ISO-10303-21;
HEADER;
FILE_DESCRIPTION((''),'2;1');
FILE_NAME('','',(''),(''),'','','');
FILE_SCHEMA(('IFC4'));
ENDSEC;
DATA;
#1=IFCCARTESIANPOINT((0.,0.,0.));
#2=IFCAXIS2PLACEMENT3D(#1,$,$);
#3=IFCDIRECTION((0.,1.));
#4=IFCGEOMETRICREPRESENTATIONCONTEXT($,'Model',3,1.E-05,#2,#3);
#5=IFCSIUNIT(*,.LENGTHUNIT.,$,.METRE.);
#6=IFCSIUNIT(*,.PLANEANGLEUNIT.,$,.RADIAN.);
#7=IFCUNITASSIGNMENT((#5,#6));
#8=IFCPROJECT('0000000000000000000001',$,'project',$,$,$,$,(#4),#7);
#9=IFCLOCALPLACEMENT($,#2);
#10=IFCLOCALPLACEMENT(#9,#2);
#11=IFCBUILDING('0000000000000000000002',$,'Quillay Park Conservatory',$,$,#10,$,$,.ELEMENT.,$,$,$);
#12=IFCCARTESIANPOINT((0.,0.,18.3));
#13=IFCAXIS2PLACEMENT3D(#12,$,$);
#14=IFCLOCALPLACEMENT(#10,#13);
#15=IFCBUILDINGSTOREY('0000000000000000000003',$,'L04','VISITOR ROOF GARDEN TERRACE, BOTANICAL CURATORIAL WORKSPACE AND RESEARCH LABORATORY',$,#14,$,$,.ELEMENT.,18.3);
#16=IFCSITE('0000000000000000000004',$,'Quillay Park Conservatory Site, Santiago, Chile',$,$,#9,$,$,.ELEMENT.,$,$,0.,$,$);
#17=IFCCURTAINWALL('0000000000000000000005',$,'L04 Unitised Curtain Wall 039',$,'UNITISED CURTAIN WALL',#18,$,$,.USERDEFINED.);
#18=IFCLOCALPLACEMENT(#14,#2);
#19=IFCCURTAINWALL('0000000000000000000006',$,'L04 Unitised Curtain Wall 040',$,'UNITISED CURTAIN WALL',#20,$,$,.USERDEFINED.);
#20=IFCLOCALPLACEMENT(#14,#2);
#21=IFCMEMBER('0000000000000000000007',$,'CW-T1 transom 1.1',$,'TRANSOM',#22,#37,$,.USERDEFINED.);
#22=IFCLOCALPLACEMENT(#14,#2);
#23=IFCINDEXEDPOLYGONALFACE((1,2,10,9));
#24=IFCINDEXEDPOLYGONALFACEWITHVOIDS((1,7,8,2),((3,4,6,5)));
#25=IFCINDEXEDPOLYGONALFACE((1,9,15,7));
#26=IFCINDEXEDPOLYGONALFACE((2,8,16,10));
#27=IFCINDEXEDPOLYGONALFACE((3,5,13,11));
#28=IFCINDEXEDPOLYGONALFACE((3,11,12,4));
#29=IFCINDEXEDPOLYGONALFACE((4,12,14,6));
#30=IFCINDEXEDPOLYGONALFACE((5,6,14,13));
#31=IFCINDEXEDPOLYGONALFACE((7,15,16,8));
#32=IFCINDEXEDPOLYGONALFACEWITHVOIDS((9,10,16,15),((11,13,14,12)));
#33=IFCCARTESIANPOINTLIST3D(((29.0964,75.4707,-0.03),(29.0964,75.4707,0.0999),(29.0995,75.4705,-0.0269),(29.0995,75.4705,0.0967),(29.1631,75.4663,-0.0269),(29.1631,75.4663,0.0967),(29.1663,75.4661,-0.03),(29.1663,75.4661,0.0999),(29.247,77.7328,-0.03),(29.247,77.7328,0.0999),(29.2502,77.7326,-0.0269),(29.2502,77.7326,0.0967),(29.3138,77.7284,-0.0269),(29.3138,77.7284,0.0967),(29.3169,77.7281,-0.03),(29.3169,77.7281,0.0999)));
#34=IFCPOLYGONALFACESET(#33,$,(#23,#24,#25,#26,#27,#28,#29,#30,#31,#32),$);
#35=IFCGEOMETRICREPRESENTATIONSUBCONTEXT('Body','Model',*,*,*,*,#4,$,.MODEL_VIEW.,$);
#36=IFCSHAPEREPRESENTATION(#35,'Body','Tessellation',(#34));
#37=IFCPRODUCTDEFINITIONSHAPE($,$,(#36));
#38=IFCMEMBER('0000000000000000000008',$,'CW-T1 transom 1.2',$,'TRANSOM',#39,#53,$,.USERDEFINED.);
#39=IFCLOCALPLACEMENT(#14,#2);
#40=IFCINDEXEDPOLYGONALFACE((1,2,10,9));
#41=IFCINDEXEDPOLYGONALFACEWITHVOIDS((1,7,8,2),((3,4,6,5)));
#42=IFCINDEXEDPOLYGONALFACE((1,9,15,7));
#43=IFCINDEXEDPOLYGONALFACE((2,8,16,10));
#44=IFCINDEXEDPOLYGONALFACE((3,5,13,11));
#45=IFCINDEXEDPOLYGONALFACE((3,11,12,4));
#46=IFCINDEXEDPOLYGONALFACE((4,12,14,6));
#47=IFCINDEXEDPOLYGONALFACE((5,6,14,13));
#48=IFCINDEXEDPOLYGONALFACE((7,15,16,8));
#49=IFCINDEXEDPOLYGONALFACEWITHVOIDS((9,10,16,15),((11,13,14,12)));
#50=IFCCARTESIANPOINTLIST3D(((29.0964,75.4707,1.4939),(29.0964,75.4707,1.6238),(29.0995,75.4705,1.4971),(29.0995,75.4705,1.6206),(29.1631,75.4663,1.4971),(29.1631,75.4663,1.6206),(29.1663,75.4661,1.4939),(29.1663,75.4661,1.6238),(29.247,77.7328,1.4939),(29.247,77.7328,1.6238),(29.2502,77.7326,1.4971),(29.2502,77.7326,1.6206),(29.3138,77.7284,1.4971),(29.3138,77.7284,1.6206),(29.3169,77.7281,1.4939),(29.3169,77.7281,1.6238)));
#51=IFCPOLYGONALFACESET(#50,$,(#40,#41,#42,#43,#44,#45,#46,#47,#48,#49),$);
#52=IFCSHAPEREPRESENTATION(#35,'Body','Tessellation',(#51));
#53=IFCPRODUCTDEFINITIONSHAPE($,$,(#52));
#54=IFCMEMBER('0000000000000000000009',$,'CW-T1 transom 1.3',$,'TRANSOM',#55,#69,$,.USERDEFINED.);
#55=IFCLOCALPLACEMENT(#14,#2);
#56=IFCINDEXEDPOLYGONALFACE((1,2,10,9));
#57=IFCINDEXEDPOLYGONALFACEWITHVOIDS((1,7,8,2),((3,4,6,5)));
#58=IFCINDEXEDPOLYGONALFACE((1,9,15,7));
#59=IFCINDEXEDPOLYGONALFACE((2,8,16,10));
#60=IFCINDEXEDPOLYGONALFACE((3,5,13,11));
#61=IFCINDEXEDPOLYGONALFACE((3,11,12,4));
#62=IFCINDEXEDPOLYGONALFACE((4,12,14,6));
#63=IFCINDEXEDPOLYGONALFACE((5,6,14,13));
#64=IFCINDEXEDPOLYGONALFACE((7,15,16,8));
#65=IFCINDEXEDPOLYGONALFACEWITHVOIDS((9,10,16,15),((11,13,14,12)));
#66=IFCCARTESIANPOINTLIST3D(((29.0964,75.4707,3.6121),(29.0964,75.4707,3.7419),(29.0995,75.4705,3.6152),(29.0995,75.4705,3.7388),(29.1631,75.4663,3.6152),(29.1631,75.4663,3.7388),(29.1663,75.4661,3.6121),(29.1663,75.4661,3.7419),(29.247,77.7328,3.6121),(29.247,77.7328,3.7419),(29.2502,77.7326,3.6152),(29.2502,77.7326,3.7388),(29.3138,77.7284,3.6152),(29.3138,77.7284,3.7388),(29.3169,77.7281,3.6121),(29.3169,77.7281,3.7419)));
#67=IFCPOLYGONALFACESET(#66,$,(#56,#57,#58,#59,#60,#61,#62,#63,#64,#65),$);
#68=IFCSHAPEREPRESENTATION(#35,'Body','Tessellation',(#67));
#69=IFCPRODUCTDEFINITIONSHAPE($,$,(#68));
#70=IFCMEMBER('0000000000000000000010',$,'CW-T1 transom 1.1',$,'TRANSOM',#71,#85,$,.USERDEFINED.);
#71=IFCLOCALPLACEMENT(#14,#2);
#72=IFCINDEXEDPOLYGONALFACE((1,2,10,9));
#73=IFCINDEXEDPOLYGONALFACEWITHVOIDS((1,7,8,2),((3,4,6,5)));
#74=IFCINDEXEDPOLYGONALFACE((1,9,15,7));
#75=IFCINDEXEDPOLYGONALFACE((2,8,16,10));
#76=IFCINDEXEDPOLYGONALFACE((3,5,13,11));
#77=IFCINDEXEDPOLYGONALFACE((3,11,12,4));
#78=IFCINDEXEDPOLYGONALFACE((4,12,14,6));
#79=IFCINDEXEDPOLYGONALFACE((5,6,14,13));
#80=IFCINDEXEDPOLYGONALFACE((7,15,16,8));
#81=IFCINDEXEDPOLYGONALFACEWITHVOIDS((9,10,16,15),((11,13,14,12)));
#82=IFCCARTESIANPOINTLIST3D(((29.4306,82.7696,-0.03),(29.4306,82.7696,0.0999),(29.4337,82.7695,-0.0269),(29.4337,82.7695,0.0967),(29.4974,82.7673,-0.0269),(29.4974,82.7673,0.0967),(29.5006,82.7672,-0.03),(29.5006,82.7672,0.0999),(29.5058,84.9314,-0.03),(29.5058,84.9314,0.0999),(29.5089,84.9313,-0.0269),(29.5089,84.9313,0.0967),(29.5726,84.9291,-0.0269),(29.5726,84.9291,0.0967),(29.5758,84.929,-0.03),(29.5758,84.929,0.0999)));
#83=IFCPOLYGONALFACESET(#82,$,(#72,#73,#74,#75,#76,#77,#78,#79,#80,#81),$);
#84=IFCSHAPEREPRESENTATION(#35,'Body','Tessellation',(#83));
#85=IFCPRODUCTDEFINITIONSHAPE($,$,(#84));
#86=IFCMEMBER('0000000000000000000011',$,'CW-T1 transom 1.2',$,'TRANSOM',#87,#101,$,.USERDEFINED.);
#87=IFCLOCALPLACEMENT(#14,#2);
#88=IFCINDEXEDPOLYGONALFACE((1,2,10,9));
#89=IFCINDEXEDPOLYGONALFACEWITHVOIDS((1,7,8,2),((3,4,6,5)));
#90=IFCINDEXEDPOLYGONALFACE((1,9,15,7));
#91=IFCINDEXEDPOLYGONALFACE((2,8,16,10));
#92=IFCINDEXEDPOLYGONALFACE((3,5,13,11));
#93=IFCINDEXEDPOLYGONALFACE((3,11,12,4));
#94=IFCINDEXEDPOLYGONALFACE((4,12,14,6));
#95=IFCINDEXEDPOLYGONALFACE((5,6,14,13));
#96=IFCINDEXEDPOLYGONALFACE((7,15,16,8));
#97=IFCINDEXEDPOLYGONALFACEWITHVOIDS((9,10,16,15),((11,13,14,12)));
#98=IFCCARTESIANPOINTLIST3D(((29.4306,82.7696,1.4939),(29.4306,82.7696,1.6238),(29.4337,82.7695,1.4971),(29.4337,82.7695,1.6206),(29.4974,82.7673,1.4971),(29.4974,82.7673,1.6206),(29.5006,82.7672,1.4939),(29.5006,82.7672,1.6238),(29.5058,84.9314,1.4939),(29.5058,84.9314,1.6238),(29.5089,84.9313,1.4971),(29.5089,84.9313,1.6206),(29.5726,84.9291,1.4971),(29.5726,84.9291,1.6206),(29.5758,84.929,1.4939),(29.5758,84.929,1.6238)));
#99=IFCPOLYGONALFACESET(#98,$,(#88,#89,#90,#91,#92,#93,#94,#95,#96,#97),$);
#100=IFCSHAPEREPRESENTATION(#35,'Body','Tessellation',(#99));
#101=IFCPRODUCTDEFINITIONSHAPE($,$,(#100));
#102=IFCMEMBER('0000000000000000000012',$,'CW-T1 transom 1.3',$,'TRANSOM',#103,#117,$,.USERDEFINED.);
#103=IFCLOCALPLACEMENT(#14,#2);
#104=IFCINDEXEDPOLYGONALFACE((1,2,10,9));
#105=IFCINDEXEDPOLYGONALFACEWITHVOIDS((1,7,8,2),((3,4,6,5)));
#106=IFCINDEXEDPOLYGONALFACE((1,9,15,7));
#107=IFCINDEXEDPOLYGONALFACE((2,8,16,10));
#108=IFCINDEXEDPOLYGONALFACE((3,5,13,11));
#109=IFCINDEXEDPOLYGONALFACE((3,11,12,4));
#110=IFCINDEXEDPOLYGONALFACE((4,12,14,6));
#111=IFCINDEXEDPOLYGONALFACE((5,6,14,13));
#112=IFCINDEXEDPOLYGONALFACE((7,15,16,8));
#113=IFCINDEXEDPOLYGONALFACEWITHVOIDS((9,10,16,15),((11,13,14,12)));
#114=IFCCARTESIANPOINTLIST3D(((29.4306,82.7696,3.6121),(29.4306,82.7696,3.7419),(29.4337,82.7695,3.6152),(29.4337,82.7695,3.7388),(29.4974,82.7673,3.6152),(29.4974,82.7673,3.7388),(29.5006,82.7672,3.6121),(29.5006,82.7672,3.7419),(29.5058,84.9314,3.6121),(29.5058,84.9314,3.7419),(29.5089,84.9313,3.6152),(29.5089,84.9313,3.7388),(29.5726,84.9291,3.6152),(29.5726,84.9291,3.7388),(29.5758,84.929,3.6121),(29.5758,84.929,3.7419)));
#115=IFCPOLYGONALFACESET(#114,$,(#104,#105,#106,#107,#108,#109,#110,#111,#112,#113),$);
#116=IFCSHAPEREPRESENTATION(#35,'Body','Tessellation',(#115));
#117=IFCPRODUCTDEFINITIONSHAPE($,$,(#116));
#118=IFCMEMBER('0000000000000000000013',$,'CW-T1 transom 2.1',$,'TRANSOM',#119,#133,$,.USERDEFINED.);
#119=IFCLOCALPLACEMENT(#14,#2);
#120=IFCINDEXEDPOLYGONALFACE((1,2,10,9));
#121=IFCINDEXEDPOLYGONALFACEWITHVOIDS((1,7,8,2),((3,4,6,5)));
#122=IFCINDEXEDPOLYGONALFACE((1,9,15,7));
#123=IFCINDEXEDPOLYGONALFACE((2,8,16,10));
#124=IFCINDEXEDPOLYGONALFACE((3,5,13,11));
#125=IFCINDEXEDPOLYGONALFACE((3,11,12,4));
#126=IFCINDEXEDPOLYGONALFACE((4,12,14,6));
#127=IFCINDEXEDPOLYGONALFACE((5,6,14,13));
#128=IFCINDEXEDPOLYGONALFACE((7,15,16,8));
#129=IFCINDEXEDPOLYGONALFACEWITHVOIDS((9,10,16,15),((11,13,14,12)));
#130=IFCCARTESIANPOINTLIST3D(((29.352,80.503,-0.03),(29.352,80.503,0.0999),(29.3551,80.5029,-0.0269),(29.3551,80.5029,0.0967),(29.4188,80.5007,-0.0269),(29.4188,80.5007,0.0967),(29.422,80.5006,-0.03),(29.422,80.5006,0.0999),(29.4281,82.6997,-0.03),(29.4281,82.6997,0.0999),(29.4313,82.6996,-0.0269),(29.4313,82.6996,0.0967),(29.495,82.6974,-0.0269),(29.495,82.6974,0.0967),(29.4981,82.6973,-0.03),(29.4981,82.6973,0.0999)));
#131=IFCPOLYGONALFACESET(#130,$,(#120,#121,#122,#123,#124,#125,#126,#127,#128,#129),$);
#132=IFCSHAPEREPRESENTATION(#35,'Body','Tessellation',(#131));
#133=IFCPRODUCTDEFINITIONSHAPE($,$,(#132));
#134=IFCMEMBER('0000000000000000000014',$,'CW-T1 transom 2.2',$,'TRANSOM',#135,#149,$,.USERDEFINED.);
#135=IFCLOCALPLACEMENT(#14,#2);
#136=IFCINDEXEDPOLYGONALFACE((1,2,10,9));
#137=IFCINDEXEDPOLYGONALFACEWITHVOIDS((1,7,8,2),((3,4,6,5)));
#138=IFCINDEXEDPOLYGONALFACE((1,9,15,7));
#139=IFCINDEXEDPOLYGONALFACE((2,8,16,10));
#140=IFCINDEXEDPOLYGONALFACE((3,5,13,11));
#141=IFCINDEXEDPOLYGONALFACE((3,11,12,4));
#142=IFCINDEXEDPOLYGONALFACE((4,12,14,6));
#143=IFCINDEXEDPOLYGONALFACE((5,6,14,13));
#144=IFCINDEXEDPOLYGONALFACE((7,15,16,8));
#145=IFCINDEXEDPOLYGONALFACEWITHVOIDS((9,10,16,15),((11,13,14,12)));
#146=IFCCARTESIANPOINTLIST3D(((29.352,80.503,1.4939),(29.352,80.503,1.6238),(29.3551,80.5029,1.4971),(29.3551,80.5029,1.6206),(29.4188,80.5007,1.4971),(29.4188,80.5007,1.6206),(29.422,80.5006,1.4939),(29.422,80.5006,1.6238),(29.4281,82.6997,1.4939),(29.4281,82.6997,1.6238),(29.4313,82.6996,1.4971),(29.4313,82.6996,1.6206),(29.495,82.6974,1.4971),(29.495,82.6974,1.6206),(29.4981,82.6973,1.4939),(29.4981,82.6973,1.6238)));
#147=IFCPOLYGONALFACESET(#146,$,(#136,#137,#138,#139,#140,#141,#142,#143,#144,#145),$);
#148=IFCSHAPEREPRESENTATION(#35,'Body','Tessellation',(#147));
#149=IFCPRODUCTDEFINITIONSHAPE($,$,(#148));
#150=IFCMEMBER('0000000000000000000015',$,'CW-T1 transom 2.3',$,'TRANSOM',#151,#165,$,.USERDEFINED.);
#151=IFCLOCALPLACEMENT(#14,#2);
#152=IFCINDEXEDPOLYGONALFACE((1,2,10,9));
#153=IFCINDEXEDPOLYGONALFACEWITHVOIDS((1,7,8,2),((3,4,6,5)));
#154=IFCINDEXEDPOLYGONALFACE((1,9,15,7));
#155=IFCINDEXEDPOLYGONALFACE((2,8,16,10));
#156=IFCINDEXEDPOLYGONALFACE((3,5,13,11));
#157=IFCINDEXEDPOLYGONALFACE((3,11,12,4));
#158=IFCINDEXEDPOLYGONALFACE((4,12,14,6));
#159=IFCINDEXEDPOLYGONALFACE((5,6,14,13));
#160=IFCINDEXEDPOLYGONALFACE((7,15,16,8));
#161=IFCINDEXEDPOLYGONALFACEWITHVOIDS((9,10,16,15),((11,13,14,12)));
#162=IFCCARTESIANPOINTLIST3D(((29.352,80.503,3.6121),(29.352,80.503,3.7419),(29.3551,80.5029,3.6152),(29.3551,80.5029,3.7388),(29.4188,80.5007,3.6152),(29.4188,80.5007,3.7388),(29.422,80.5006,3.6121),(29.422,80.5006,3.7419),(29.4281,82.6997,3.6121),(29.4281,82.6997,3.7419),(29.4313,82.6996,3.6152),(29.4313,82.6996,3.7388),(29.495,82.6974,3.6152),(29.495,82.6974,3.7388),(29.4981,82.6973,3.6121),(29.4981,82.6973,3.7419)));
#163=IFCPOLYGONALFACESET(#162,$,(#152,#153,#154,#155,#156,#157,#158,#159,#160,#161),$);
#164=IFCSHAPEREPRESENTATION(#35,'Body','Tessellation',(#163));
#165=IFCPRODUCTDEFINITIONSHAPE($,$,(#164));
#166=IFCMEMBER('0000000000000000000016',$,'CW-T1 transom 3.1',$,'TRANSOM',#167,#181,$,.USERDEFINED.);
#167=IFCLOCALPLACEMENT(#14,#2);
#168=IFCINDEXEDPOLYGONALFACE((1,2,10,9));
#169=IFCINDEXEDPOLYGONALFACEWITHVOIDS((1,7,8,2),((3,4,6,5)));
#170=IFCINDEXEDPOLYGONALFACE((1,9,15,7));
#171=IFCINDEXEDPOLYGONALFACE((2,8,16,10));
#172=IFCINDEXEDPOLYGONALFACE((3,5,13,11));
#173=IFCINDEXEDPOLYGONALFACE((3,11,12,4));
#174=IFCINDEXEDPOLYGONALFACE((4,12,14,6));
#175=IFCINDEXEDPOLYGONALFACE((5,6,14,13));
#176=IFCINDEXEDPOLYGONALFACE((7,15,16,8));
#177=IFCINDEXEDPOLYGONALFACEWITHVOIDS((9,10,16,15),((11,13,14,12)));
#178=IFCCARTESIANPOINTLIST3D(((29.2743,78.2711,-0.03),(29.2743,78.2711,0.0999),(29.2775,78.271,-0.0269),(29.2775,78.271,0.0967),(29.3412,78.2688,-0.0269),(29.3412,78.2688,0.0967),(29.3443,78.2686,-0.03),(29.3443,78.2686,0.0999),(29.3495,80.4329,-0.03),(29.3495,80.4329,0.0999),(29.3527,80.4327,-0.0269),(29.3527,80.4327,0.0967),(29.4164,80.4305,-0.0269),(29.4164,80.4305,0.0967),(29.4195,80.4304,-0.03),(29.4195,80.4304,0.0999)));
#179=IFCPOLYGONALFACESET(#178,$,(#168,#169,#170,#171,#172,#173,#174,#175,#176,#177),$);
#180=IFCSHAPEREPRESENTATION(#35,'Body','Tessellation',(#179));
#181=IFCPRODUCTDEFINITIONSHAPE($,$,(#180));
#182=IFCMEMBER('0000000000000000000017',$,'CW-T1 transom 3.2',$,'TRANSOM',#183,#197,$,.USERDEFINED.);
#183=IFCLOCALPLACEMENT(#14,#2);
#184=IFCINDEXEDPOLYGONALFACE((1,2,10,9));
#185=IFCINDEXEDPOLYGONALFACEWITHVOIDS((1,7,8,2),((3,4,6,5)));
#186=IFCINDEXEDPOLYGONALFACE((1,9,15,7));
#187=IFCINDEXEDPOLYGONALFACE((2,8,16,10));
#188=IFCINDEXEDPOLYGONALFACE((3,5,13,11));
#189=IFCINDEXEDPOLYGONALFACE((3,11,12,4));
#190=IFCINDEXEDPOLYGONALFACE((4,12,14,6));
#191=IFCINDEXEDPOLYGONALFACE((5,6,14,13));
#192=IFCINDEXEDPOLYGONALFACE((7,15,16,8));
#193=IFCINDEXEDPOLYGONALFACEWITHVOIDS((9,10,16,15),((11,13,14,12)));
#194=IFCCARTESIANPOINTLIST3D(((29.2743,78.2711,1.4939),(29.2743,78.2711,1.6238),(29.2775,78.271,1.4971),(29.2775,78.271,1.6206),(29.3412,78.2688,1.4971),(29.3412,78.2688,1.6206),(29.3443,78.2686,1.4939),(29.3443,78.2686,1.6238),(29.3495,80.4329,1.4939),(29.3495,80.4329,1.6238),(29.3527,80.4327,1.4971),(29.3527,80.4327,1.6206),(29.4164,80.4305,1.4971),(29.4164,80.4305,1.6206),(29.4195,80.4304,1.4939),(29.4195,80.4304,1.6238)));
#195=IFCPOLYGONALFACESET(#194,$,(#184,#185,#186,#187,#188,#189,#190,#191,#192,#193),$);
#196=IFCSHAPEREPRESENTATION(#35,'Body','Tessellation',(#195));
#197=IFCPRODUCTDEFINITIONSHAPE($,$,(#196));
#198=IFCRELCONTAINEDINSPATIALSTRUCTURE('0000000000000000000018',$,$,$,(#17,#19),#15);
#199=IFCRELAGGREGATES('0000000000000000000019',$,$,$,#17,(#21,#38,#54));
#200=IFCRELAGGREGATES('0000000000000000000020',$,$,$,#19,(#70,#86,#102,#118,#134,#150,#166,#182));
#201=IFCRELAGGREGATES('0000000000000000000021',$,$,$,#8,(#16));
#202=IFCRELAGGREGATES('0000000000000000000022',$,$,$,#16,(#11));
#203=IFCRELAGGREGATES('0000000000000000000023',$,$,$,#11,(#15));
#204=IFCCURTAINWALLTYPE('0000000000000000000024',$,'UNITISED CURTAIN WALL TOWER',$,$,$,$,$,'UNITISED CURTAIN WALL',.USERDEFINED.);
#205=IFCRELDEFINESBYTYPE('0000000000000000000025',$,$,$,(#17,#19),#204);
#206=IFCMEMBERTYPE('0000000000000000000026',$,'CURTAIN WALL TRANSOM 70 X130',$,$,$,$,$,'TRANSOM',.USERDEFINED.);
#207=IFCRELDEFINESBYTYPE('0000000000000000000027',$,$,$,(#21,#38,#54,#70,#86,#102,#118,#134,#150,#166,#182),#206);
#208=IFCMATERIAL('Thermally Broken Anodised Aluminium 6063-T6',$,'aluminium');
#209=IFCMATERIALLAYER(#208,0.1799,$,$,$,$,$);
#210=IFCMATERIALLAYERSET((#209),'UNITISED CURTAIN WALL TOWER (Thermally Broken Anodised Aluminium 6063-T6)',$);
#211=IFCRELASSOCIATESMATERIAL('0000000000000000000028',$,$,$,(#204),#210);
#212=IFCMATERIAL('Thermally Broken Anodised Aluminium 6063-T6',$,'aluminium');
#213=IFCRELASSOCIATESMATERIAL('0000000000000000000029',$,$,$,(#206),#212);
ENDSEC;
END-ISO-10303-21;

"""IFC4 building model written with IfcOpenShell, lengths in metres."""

from ifc_helpers import new_model, si_unit, direction, frame, origin, origin_2d, place, context, subcontext, project, spatial, hollow_rectangle, extrude, material, layer, layer_set, material_profile, profile_set, type_object, element, aggregate, save


model = new_model("IFC4")

# Units and contexts
model_context = context("Model", 3, precision=1e-05, world=origin(), true_north=direction((0.0, 1.0)))
body_context = subcontext(model_context, "Body", "Model", "MODEL_VIEW")
ifc_project = project(units=[si_unit("LENGTHUNIT", "METRE"), si_unit("PLANEANGLEUNIT", "RADIAN")], contexts=[model_context])

# Site, building, storey
site_placement = place(None, origin())
site = spatial("IfcSite", under=ifc_project, at=site_placement, Name="Quillay Park Conservatory Site, Santiago, Chile", CompositionType="ELEMENT", RefElevation=0.0)
building_placement = place(site_placement, origin())
building = spatial("IfcBuilding", under=site, at=building_placement, Name="Quillay Park Conservatory", CompositionType="ELEMENT")
storey_placement = place(building_placement, frame((0.0, 0.0, 18.3)))
storey = spatial("IfcBuildingStorey", under=building, at=storey_placement, Name="L04", Description="VISITOR ROOF GARDEN TERRACE, BOTANICAL CURATORIAL WORKSPACE AND RESEARCH LABORATORY", CompositionType="ELEMENT", Elevation=18.3)

# Curtain wall
ifc_material_1 = material(Name="Thermally Broken Anodised Aluminium 6063-T6", Category="aluminium")
ifc_layer_1 = layer(ifc_material_1, 0.1799)
ifc_layer_set_1 = layer_set([ifc_layer_1], Name="UNITISED CURTAIN WALL TOWER (Thermally Broken Anodised Aluminium 6063-T6)")
curtain_wall_type = type_object("IfcCurtainWallType", Name="UNITISED CURTAIN WALL TOWER", ElementType="UNITISED CURTAIN WALL", PredefinedType="USERDEFINED", material=ifc_layer_set_1)
curtain_wall_1_placement = place(storey_placement, origin())
curtain_wall_1 = element("IfcCurtainWall", 1, at=curtain_wall_1_placement, inside=storey, type_object=curtain_wall_type, Name="L04 Unitised Curtain Wall 039", ObjectType="UNITISED CURTAIN WALL", PredefinedType="USERDEFINED")

# Curtain wall
curtain_wall_2_placement = place(storey_placement, origin())
curtain_wall_2 = element("IfcCurtainWall", 2, at=curtain_wall_2_placement, inside=storey, type_object=curtain_wall_type, Name="L04 Unitised Curtain Wall 040", ObjectType="UNITISED CURTAIN WALL", PredefinedType="USERDEFINED")

# Members
ifc_material_2 = material(Name="Thermally Broken Anodised Aluminium 6063-T6", Category="aluminium")
ifc_material_profile_1 = material_profile(ifc_material_2, hollow_rectangle(XDim=0.0701, YDim=0.1299, WallThickness=0.0032, at=origin_2d()), Name="AL70x130x3.2")
ifc_profile_set_1 = profile_set([ifc_material_profile_1], Name="Thermally Broken Anodised Aluminium 6063-T6")
member_type_1 = type_object("IfcMemberType", Name="CURTAIN WALL TRANSOM 70 X130", ElementType="TRANSOM", PredefinedType="USERDEFINED", material=ifc_profile_set_1)
member_1_placement = place(storey_placement, frame((29.282, 77.7305, 0.0349), z_axis=(-0.066448, -0.99779, 0.0), x_axis=(0.99779, -0.066448, 0.0)))
member_1 = element("IfcMember", 3, at=member_1_placement, type_object=member_type_1, Name="CW-T1 transom 1.1", ObjectType="TRANSOM", PredefinedType="USERDEFINED", context=body_context, shape_type="SweptSolid", body=[
    extrude(hollow_rectangle(XDim=0.0701, YDim=0.1299, WallThickness=0.0032, at=origin_2d()), origin(), (0.0, 0.0, 1.0), 2.2671),
])
member_2_placement = place(storey_placement, frame((29.282, 77.7305, 1.5588), z_axis=(-0.066448, -0.99779, 0.0), x_axis=(0.99779, -0.066448, 0.0)))
member_2 = element("IfcMember", 4, at=member_2_placement, type_object=member_type_1, Name="CW-T1 transom 1.2", ObjectType="TRANSOM", PredefinedType="USERDEFINED", context=body_context, shape_type="SweptSolid", body=[
    extrude(hollow_rectangle(XDim=0.0701, YDim=0.1299, WallThickness=0.0032, at=origin_2d()), origin(), (0.0, 0.0, 1.0), 2.2671),
])
member_3_placement = place(storey_placement, frame((29.282, 77.7305, 3.677), z_axis=(-0.066448, -0.99779, 0.0), x_axis=(0.99779, -0.066448, 0.0)))
member_3 = element("IfcMember", 5, at=member_3_placement, type_object=member_type_1, Name="CW-T1 transom 1.3", ObjectType="TRANSOM", PredefinedType="USERDEFINED", context=body_context, shape_type="SweptSolid", body=[
    extrude(hollow_rectangle(XDim=0.0701, YDim=0.1299, WallThickness=0.0032, at=origin_2d()), origin(), (0.0, 0.0, 1.0), 2.2671),
])
aggregate(curtain_wall_1, [member_1, member_2, member_3])
member_4_placement = place(storey_placement, frame((29.5408, 84.9302, 0.0349), z_axis=(-0.034762, -0.999396, 0.0), x_axis=(0.999396, -0.034762, 0.0)))
member_4 = element("IfcMember", 6, at=member_4_placement, type_object=member_type_1, Name="CW-T1 transom 1.1", ObjectType="TRANSOM", PredefinedType="USERDEFINED", context=body_context, shape_type="SweptSolid", body=[
    extrude(hollow_rectangle(XDim=0.0701, YDim=0.1299, WallThickness=0.0032, at=origin_2d()), origin(), (0.0, 0.0, 1.0), 2.1631),
])
member_5_placement = place(storey_placement, frame((29.5408, 84.9302, 1.5588), z_axis=(-0.034762, -0.999396, 0.0), x_axis=(0.999396, -0.034762, 0.0)))
member_5 = element("IfcMember", 7, at=member_5_placement, type_object=member_type_1, Name="CW-T1 transom 1.2", ObjectType="TRANSOM", PredefinedType="USERDEFINED", context=body_context, shape_type="SweptSolid", body=[
    extrude(hollow_rectangle(XDim=0.0701, YDim=0.1299, WallThickness=0.0032, at=origin_2d()), origin(), (0.0, 0.0, 1.0), 2.1631),
])
member_6_placement = place(storey_placement, frame((29.5408, 84.9302, 3.677), z_axis=(-0.034762, -0.999396, 0.0), x_axis=(0.999396, -0.034762, 0.0)))
member_6 = element("IfcMember", 8, at=member_6_placement, type_object=member_type_1, Name="CW-T1 transom 1.3", ObjectType="TRANSOM", PredefinedType="USERDEFINED", context=body_context, shape_type="SweptSolid", body=[
    extrude(hollow_rectangle(XDim=0.0701, YDim=0.1299, WallThickness=0.0032, at=origin_2d()), origin(), (0.0, 0.0, 1.0), 2.1631),
])
member_7_placement = place(storey_placement, frame((29.4631, 82.6985, 0.0349), z_axis=(-0.034654, -0.999399, 0.0), x_axis=(0.999399, -0.034654, 0.0)))
member_7 = element("IfcMember", 9, at=member_7_placement, type_object=member_type_1, Name="CW-T1 transom 2.1", ObjectType="TRANSOM", PredefinedType="USERDEFINED", context=body_context, shape_type="SweptSolid", body=[
    extrude(hollow_rectangle(XDim=0.0701, YDim=0.1299, WallThickness=0.0032, at=origin_2d()), origin(), (0.0, 0.0, 1.0), 2.198),
])
member_8_placement = place(storey_placement, frame((29.4631, 82.6985, 1.5588), z_axis=(-0.034654, -0.999399, 0.0), x_axis=(0.999399, -0.034654, 0.0)))
member_8 = element("IfcMember", 10, at=member_8_placement, type_object=member_type_1, Name="CW-T1 transom 2.2", ObjectType="TRANSOM", PredefinedType="USERDEFINED", context=body_context, shape_type="SweptSolid", body=[
    extrude(hollow_rectangle(XDim=0.0701, YDim=0.1299, WallThickness=0.0032, at=origin_2d()), origin(), (0.0, 0.0, 1.0), 2.198),
])
member_9_placement = place(storey_placement, frame((29.4631, 82.6985, 3.677), z_axis=(-0.034654, -0.999399, 0.0), x_axis=(0.999399, -0.034654, 0.0)))
member_9 = element("IfcMember", 11, at=member_9_placement, type_object=member_type_1, Name="CW-T1 transom 2.3", ObjectType="TRANSOM", PredefinedType="USERDEFINED", context=body_context, shape_type="SweptSolid", body=[
    extrude(hollow_rectangle(XDim=0.0701, YDim=0.1299, WallThickness=0.0032, at=origin_2d()), origin(), (0.0, 0.0, 1.0), 2.198),
])
member_10_placement = place(storey_placement, frame((29.3845, 80.4316, 0.0349), z_axis=(-0.034762, -0.999396, 0.0), x_axis=(0.999396, -0.034762, 0.0)))
member_10 = element("IfcMember", 12, at=member_10_placement, type_object=member_type_1, Name="CW-T1 transom 3.1", ObjectType="TRANSOM", PredefinedType="USERDEFINED", context=body_context, shape_type="SweptSolid", body=[
    extrude(hollow_rectangle(XDim=0.0701, YDim=0.1299, WallThickness=0.0032, at=origin_2d()), origin(), (0.0, 0.0, 1.0), 2.1631),
])
member_11_placement = place(storey_placement, frame((29.3845, 80.4316, 1.5588), z_axis=(-0.034762, -0.999396, 0.0), x_axis=(0.999396, -0.034762, 0.0)))
member_11 = element("IfcMember", 13, at=member_11_placement, type_object=member_type_1, Name="CW-T1 transom 3.2", ObjectType="TRANSOM", PredefinedType="USERDEFINED", context=body_context, shape_type="SweptSolid", body=[
    extrude(hollow_rectangle(XDim=0.0701, YDim=0.1299, WallThickness=0.0032, at=origin_2d()), origin(), (0.0, 0.0, 1.0), 2.1631),
])

aggregate(curtain_wall_2, [member_4, member_5, member_6, member_7, member_8, member_9, member_10, member_11])

save(model, "model.ifc")
